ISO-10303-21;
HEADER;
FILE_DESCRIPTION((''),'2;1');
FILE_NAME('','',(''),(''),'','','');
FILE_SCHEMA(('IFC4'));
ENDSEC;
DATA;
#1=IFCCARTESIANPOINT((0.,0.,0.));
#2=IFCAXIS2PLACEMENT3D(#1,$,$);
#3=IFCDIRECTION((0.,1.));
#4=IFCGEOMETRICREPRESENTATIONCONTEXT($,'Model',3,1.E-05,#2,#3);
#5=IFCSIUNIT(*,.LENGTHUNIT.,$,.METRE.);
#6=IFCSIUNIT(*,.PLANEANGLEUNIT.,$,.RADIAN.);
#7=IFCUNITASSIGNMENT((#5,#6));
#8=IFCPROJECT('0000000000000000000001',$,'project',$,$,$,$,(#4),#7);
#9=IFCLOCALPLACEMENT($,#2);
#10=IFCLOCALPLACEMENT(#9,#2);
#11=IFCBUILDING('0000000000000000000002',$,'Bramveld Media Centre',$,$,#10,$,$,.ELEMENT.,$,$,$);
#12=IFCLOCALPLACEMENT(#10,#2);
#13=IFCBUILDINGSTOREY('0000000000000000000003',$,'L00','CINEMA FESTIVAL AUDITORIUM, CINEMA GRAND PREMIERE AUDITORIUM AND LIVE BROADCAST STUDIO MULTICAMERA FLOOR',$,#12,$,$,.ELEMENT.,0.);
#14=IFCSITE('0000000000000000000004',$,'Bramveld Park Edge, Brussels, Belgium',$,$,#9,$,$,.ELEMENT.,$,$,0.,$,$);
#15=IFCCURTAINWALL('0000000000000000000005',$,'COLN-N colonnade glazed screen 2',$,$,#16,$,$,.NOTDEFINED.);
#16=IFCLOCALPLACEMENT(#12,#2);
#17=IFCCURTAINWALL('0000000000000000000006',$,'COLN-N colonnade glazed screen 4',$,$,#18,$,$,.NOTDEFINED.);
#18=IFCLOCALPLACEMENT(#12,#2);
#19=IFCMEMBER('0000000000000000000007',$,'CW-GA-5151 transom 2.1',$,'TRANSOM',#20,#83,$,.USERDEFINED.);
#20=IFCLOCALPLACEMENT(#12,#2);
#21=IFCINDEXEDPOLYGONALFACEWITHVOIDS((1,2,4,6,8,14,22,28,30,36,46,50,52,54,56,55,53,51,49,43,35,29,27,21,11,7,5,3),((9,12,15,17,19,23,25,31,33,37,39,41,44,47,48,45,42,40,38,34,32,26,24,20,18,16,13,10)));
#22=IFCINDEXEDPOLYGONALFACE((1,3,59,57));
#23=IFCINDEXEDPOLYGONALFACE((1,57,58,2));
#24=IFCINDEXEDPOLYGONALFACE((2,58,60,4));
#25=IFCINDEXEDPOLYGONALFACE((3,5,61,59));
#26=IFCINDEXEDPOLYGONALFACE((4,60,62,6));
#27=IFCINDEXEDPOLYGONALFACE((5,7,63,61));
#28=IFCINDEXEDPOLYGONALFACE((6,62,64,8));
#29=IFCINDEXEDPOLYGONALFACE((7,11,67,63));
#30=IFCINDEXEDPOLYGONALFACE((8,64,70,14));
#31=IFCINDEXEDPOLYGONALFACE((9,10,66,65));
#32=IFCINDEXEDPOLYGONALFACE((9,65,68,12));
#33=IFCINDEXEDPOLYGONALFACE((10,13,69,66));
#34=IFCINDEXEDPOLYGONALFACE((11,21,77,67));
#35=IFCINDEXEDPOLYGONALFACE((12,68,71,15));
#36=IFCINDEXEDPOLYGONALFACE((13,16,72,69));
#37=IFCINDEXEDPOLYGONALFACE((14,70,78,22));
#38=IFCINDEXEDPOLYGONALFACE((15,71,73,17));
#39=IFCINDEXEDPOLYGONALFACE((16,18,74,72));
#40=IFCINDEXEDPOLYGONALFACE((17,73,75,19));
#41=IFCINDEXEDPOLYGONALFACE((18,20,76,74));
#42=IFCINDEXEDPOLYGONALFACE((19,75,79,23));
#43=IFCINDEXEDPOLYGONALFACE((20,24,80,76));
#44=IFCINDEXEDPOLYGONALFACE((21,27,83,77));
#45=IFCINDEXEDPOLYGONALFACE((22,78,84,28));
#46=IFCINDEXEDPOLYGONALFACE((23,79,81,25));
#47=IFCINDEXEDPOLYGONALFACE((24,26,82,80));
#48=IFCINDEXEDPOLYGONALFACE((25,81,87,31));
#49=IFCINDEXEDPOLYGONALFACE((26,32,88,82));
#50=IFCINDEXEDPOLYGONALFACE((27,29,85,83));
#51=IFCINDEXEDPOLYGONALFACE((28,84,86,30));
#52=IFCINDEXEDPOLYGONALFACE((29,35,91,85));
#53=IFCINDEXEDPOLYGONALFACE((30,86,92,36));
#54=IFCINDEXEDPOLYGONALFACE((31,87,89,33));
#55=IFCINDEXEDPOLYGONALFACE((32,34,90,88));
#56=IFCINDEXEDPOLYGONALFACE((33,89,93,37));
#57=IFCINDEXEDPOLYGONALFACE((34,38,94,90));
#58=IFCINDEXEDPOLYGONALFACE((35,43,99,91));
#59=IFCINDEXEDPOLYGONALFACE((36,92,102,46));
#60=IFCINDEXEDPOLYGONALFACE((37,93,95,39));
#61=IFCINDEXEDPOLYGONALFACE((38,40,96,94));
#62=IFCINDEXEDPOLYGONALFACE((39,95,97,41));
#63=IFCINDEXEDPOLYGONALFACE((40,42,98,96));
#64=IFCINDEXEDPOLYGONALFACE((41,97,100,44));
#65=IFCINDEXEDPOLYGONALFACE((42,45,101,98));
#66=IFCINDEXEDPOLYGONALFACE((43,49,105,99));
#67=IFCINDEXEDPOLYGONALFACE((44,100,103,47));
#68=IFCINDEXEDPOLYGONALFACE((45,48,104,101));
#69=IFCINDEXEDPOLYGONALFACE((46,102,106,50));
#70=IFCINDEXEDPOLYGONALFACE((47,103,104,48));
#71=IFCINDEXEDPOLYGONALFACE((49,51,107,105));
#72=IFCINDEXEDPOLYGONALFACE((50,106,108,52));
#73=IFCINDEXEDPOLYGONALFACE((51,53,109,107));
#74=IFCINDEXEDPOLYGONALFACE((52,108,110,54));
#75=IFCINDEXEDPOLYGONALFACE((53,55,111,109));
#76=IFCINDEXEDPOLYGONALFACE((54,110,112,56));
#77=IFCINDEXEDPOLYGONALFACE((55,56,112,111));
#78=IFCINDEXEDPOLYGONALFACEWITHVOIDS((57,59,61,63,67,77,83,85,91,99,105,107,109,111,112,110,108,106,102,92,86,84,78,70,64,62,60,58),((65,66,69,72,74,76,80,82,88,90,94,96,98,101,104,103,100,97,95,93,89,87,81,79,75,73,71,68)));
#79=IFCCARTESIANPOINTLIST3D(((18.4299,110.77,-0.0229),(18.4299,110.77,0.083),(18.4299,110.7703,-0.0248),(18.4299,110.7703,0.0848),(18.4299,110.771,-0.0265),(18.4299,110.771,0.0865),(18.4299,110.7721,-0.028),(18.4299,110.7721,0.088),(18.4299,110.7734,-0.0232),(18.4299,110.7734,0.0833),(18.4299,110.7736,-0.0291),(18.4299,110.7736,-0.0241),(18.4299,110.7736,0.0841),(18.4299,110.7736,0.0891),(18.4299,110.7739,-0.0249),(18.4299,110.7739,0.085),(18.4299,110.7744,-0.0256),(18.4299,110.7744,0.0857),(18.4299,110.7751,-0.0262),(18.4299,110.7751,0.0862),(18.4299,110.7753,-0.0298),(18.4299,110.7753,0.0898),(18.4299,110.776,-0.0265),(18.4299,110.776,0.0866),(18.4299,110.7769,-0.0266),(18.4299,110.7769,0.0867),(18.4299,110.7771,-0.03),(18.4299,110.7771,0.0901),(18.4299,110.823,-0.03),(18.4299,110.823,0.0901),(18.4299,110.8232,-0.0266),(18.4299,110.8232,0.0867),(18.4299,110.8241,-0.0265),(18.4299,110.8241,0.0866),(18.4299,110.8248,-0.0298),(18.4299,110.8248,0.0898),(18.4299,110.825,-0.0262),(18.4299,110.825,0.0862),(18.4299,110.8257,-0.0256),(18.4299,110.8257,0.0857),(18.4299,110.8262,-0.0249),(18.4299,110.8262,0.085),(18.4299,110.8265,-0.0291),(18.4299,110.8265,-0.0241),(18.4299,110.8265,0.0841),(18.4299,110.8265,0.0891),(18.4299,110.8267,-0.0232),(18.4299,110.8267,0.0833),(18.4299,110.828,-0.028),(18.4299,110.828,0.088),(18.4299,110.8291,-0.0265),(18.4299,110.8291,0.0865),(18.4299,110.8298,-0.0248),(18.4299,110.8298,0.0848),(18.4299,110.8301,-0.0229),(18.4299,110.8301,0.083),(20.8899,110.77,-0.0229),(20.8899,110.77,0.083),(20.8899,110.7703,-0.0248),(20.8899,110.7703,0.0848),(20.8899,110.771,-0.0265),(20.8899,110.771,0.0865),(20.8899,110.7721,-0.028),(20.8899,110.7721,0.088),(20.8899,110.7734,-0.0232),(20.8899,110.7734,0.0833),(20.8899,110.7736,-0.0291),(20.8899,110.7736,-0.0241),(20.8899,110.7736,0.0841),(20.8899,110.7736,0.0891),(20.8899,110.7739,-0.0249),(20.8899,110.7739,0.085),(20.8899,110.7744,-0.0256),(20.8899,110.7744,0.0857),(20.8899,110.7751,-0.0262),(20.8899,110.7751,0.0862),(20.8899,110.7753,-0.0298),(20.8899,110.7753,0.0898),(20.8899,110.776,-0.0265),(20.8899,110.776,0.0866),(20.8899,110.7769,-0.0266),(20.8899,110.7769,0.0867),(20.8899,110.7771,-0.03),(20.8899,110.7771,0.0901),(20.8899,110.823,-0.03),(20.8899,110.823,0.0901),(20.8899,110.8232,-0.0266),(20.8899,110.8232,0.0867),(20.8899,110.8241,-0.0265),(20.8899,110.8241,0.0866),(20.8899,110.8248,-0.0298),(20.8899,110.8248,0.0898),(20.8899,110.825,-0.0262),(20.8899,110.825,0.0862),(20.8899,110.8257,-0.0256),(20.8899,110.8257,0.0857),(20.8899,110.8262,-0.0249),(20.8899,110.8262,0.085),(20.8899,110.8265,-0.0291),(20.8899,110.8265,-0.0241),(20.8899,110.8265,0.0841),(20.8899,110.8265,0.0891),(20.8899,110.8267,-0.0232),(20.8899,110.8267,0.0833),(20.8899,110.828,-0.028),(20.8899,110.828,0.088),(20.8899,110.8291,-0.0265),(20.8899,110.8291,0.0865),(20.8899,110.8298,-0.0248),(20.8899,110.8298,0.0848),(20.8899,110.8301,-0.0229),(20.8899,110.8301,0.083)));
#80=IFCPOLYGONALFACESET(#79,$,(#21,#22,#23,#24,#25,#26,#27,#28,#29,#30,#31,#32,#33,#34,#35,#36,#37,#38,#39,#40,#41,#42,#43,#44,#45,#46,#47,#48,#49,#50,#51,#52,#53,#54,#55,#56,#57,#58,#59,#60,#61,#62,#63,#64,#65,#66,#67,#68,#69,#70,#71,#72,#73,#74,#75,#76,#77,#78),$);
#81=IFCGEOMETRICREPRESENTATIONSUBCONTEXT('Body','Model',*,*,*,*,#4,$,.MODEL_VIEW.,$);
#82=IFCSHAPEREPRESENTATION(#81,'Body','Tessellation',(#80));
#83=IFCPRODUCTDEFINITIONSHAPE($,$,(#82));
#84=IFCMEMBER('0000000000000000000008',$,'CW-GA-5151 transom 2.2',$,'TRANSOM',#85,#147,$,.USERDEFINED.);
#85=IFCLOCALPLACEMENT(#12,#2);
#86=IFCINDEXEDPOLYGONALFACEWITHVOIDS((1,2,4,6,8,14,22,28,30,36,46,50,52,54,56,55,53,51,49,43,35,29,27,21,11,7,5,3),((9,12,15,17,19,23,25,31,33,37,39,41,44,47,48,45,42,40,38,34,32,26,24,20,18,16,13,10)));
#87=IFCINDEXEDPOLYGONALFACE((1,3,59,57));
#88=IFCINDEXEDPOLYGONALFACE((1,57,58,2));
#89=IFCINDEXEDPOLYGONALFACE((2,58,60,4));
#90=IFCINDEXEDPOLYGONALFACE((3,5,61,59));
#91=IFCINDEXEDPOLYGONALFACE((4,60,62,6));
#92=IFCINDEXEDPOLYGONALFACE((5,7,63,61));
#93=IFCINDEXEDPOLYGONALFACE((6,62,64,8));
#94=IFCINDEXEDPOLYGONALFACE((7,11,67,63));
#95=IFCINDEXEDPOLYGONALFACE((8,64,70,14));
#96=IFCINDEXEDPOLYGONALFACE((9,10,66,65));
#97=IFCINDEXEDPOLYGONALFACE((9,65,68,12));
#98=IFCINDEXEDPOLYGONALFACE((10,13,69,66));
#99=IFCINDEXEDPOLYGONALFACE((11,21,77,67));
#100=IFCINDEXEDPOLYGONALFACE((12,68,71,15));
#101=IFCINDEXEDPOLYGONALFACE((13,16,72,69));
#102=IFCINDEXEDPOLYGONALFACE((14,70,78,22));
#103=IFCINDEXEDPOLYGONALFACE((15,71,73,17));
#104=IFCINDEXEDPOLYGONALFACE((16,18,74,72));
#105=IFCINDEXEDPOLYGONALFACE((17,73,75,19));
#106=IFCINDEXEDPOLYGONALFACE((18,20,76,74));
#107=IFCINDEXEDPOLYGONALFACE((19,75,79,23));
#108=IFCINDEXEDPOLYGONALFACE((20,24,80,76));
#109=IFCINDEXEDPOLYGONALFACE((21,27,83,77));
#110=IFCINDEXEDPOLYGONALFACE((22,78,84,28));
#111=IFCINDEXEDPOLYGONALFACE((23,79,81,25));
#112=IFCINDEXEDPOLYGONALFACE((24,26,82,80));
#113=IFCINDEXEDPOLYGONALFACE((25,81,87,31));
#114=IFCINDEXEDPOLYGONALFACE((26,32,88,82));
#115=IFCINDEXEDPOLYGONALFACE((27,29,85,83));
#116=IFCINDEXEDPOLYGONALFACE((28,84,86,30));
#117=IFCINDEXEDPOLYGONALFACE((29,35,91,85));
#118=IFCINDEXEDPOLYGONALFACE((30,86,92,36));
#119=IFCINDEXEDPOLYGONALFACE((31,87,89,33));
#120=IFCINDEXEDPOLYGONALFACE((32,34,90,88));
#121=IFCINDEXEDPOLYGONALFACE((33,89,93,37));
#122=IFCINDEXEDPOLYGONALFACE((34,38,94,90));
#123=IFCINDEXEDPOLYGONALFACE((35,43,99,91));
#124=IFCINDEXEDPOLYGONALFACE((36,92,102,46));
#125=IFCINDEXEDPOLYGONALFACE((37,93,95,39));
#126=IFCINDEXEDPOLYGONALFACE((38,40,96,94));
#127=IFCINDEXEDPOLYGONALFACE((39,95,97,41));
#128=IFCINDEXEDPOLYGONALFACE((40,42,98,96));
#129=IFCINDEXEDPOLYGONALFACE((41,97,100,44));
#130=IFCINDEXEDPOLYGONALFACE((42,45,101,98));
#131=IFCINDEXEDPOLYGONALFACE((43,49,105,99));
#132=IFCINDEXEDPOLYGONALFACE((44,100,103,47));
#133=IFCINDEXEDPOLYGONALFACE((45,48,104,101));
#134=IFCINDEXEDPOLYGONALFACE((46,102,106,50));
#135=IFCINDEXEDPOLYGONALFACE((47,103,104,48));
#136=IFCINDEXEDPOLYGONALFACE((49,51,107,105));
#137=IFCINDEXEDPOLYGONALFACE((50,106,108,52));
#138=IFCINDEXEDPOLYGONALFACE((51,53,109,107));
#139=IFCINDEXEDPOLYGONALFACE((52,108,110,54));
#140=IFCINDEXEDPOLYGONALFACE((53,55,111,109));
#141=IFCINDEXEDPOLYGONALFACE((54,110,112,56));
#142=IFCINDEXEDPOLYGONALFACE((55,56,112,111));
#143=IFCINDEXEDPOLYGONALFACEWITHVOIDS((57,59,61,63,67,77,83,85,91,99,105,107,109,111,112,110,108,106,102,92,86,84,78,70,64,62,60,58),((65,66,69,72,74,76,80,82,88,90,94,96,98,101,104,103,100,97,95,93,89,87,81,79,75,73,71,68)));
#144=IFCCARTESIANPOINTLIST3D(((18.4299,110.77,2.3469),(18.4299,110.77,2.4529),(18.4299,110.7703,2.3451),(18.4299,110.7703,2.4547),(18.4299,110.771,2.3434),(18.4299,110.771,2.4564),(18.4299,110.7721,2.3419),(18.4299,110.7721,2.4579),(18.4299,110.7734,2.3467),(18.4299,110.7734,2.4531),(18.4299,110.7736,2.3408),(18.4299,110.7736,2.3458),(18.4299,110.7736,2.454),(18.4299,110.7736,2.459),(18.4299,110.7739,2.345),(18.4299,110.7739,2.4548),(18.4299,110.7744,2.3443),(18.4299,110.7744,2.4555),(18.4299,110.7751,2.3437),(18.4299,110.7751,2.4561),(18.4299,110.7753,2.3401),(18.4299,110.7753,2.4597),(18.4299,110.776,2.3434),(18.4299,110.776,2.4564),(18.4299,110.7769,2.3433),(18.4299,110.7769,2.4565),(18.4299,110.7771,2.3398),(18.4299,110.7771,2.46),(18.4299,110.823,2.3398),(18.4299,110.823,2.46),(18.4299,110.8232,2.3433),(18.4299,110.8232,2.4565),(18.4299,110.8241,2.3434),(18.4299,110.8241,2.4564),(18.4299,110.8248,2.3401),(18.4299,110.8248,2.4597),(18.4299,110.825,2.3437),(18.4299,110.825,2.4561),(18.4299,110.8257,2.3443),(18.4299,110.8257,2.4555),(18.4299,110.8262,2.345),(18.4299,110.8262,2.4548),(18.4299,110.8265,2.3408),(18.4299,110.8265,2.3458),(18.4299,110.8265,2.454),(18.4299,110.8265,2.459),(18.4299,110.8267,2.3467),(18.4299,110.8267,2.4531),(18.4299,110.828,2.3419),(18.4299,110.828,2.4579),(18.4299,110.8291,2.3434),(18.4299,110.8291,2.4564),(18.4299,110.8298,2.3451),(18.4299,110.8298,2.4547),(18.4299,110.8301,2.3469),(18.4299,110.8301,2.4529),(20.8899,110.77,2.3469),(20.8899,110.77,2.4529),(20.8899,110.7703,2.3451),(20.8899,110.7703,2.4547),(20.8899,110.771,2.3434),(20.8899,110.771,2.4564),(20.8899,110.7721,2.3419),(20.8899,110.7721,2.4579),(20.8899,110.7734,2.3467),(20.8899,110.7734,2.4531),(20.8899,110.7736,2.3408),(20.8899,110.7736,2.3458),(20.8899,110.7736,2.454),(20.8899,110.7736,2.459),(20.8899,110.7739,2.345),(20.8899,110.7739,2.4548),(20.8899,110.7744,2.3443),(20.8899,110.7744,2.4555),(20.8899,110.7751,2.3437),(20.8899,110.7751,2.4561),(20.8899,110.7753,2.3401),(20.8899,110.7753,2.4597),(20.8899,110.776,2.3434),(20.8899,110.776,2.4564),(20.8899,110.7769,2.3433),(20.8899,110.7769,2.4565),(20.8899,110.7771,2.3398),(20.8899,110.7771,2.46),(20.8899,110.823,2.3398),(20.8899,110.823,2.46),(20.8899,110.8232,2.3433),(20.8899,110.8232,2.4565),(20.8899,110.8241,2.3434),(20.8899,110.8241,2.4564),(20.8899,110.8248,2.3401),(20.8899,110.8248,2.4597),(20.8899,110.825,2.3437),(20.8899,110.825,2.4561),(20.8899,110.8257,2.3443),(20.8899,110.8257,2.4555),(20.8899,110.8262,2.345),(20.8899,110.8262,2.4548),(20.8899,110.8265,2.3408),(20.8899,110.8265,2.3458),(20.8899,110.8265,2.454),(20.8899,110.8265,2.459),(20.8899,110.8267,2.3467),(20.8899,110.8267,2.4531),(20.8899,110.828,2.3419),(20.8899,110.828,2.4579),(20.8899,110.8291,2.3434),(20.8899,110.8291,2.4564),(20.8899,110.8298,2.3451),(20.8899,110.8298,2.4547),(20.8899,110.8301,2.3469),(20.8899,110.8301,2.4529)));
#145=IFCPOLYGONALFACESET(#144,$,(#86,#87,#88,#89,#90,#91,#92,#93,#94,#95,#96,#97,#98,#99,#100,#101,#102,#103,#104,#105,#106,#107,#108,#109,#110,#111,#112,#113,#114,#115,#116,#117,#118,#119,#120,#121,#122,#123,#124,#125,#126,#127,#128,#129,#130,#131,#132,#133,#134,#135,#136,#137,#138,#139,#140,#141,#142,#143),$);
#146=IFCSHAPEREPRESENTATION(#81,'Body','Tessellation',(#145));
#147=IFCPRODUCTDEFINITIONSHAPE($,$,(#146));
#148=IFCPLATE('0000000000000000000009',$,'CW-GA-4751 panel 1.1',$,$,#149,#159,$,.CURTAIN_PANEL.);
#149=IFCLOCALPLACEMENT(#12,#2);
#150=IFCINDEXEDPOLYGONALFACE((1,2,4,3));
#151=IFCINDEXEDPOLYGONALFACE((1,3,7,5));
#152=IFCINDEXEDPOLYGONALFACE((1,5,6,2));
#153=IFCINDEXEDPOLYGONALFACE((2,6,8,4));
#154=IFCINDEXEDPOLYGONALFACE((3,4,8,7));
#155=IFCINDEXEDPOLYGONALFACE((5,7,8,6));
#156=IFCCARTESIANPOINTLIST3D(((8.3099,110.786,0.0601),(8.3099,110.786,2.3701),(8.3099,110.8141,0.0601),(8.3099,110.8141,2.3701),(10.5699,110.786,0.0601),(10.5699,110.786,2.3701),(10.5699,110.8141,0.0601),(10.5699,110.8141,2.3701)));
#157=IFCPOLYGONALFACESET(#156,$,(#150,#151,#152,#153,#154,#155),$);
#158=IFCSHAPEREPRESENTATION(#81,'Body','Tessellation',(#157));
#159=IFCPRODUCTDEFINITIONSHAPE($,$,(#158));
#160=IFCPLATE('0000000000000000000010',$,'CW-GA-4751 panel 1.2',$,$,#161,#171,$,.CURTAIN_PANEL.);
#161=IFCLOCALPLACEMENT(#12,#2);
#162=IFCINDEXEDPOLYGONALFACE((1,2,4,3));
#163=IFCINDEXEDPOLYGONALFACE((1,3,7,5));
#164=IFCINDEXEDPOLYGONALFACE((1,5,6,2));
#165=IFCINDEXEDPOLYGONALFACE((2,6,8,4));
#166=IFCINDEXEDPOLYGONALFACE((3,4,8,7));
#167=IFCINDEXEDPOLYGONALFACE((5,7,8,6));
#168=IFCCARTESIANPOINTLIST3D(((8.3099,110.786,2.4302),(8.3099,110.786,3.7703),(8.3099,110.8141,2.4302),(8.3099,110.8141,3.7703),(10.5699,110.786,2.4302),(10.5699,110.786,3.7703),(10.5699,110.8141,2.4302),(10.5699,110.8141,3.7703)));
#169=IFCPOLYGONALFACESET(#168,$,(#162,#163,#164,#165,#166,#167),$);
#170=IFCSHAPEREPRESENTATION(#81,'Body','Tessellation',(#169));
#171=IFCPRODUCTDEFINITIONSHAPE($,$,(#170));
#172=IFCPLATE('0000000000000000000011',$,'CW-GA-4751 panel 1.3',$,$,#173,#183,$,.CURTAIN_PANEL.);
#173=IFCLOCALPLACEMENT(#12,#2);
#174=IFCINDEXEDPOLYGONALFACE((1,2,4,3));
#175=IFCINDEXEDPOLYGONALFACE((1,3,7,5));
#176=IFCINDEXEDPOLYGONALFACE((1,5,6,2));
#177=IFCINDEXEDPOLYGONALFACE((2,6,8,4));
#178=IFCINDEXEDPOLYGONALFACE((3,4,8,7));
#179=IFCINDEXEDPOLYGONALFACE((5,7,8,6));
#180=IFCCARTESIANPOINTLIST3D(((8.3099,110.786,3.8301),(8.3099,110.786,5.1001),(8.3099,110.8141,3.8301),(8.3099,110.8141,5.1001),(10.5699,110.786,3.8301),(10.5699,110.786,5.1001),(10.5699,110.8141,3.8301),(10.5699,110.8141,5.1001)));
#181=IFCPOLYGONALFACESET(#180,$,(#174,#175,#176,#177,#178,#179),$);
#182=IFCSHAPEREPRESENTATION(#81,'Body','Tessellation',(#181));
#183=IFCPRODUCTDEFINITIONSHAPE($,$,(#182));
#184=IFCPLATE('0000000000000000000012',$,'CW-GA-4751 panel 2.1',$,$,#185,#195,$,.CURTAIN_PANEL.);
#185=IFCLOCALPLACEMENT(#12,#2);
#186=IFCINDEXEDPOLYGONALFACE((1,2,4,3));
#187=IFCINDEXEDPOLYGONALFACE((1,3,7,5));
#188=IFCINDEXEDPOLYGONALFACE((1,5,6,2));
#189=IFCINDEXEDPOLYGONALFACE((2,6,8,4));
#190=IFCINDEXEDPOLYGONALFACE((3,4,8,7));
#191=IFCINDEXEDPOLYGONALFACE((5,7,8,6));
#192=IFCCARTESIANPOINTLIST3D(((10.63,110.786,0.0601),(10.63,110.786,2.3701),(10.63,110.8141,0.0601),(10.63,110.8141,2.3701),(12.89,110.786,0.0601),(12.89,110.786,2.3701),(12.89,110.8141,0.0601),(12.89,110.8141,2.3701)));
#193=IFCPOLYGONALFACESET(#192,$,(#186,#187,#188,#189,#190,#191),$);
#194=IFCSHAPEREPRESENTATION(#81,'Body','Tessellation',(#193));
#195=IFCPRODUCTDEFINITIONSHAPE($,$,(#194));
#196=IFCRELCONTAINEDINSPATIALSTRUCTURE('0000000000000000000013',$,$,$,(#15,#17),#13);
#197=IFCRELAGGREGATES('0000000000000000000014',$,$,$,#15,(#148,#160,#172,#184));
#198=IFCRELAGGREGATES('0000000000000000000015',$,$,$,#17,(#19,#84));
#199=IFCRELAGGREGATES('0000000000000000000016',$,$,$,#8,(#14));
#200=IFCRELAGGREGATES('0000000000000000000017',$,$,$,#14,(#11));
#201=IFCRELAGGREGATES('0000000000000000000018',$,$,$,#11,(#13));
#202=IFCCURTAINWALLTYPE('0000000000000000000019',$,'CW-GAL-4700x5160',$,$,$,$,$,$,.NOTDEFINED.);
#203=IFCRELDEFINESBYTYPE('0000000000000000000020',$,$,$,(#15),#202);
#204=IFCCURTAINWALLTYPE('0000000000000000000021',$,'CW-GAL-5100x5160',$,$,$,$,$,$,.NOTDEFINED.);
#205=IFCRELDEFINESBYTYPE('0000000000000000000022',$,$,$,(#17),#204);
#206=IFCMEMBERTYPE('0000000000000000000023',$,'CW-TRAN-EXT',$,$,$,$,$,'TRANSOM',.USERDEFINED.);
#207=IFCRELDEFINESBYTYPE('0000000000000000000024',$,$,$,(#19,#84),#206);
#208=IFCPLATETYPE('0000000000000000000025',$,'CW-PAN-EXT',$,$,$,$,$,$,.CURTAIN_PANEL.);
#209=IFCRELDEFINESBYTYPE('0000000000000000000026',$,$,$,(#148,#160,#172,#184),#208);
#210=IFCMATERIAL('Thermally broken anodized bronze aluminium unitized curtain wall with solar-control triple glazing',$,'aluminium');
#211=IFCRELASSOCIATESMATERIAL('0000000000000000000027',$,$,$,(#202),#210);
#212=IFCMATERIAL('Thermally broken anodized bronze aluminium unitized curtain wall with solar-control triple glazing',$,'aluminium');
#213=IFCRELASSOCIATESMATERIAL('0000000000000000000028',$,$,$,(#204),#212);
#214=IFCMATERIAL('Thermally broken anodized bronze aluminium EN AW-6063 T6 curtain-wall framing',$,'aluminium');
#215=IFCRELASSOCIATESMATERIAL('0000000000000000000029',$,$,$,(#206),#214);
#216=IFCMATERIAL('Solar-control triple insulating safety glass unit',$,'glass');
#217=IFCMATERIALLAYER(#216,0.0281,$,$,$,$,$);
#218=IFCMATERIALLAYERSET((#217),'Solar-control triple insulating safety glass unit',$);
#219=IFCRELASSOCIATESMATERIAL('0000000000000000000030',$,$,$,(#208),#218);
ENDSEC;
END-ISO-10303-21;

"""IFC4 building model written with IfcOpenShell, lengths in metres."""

from ifc_helpers import new_model, si_unit, direction, frame, origin, origin_2d, place, context, subcontext, project, spatial, rectangle, hollow_rectangle, extrude, material, layer, layer_set, material_profile, profile_set, type_object, element, aggregate, save


model = new_model("IFC4")

# Units and contexts
model_context = context("Model", 3, precision=1e-05, world=origin(), true_north=direction((0.0, 1.0)))
body_context = subcontext(model_context, "Body", "Model", "MODEL_VIEW")
ifc_project = project(units=[si_unit("LENGTHUNIT", "METRE"), si_unit("PLANEANGLEUNIT", "RADIAN")], contexts=[model_context])

# Site, building, storey
site_placement = place(None, origin())
site = spatial("IfcSite", under=ifc_project, at=site_placement, Name="Bramveld Park Edge, Brussels, Belgium", CompositionType="ELEMENT", RefElevation=0.0)
building_placement = place(site_placement, origin())
building = spatial("IfcBuilding", under=site, at=building_placement, Name="Bramveld Media Centre", CompositionType="ELEMENT")
storey_placement = place(building_placement, origin())
storey = spatial("IfcBuildingStorey", under=building, at=storey_placement, Name="L00", Description="CINEMA FESTIVAL AUDITORIUM, CINEMA GRAND PREMIERE AUDITORIUM AND LIVE BROADCAST STUDIO MULTICAMERA FLOOR", CompositionType="ELEMENT", Elevation=0.0)

# Curtain walls
ifc_material_1 = material(Name="Thermally broken anodized bronze aluminium unitized curtain wall with solar-control triple glazing", Category="aluminium")
curtain_wall_type_1 = type_object("IfcCurtainWallType", Name="CW-GAL-4700x5160", PredefinedType="NOTDEFINED", material=ifc_material_1)
curtain_wall_1_placement = place(storey_placement, origin())
curtain_wall_1 = element("IfcCurtainWall", 1, at=curtain_wall_1_placement, inside=storey, type_object=curtain_wall_type_1, Name="COLN-N colonnade glazed screen 2", PredefinedType="NOTDEFINED")
ifc_material_2 = material(Name="Thermally broken anodized bronze aluminium unitized curtain wall with solar-control triple glazing", Category="aluminium")
curtain_wall_type_2 = type_object("IfcCurtainWallType", Name="CW-GAL-5100x5160", PredefinedType="NOTDEFINED", material=ifc_material_2)
curtain_wall_2_placement = place(storey_placement, origin())
curtain_wall_2 = element("IfcCurtainWall", 2, at=curtain_wall_2_placement, inside=storey, type_object=curtain_wall_type_2, Name="COLN-N colonnade glazed screen 4", PredefinedType="NOTDEFINED")

# Members
ifc_material_3 = material(Name="Thermally broken anodized bronze aluminium EN AW-6063 T6 curtain-wall framing", Category="aluminium")
ifc_material_profile_1 = material_profile(ifc_material_3, hollow_rectangle(XDim=0.0601, YDim=0.1201, WallThickness=0.0034, InnerFilletRadius=0.0034, OuterFilletRadius=0.0071, at=origin_2d()), Name="AL-TRAN 60x120")
ifc_profile_set_1 = profile_set([ifc_material_profile_1], Name="Thermally broken anodized bronze aluminium EN AW-6063 T6 curtain-wall framing")
member_type_1 = type_object("IfcMemberType", Name="CW-TRAN-EXT", ElementType="TRANSOM", PredefinedType="USERDEFINED", material=ifc_profile_set_1)
member_1_placement = place(storey_placement, frame((18.4299, 110.8, 0.03), z_axis=(1.0, 0.0, 0.0), x_axis=(0.0, 1.0, 0.0)))
member_1 = element("IfcMember", 3, at=member_1_placement, type_object=member_type_1, Name="CW-GA-5151 transom 2.1", ObjectType="TRANSOM", PredefinedType="USERDEFINED", context=body_context, shape_type="SweptSolid", body=[
    extrude(hollow_rectangle(XDim=0.0601, YDim=0.1201, WallThickness=0.0034, InnerFilletRadius=0.0034, OuterFilletRadius=0.0071, at=origin_2d()), origin(), (0.0, 0.0, 1.0), 2.46),
])
member_2_placement = place(storey_placement, frame((18.4299, 110.8, 2.3999), z_axis=(1.0, 0.0, 0.0), x_axis=(0.0, 1.0, 0.0)))
member_2 = element("IfcMember", 4, at=member_2_placement, type_object=member_type_1, Name="CW-GA-5151 transom 2.2", ObjectType="TRANSOM", PredefinedType="USERDEFINED", context=body_context, shape_type="SweptSolid", body=[
    extrude(hollow_rectangle(XDim=0.0601, YDim=0.1201, WallThickness=0.0034, InnerFilletRadius=0.0034, OuterFilletRadius=0.0071, at=origin_2d()), origin(), (0.0, 0.0, 1.0), 2.46),
])

# Plates
ifc_material_4 = material(Name="Solar-control triple insulating safety glass unit", Category="glass")
ifc_layer = layer(ifc_material_4, 0.0281)
ifc_layer_set = layer_set([ifc_layer], Name="Solar-control triple insulating safety glass unit")
plate_type = type_object("IfcPlateType", Name="CW-PAN-EXT", PredefinedType="CURTAIN_PANEL", material=ifc_layer_set)
plate_1_placement = place(storey_placement, frame((9.4399, 110.8, 0.0601), z_axis=(0.0, 0.0, 1.0), x_axis=(1.0, 0.0, 0.0)))
plate_1 = element("IfcPlate", 5, at=plate_1_placement, type_object=plate_type, Name="CW-GA-4751 panel 1.1", PredefinedType="CURTAIN_PANEL", context=body_context, shape_type="SweptSolid", body=[
    extrude(rectangle(XDim=2.26, YDim=0.0281, at=origin_2d()), origin(), (0.0, 0.0, 1.0), 2.3101),
])
plate_2_placement = place(storey_placement, frame((9.4399, 110.8, 2.4302), z_axis=(0.0, 0.0, 1.0), x_axis=(1.0, 0.0, 0.0)))
plate_2 = element("IfcPlate", 6, at=plate_2_placement, type_object=plate_type, Name="CW-GA-4751 panel 1.2", PredefinedType="CURTAIN_PANEL", context=body_context, shape_type="SweptSolid", body=[
    extrude(rectangle(XDim=2.26, YDim=0.0281, at=origin_2d()), origin(), (0.0, 0.0, 1.0), 1.3401),
])
plate_3_placement = place(storey_placement, frame((9.4399, 110.8, 3.8301), z_axis=(0.0, 0.0, 1.0), x_axis=(1.0, 0.0, 0.0)))
plate_3 = element("IfcPlate", 7, at=plate_3_placement, type_object=plate_type, Name="CW-GA-4751 panel 1.3", PredefinedType="CURTAIN_PANEL", context=body_context, shape_type="SweptSolid", body=[
    extrude(rectangle(XDim=2.26, YDim=0.0281, at=origin_2d()), origin(), (0.0, 0.0, 1.0), 1.27),
])
plate_4_placement = place(storey_placement, frame((11.76, 110.8, 0.0601), z_axis=(0.0, 0.0, 1.0), x_axis=(1.0, 0.0, 0.0)))
plate_4 = element("IfcPlate", 8, at=plate_4_placement, type_object=plate_type, Name="CW-GA-4751 panel 2.1", PredefinedType="CURTAIN_PANEL", context=body_context, shape_type="SweptSolid", body=[
    extrude(rectangle(XDim=2.26, YDim=0.0281, at=origin_2d()), origin(), (0.0, 0.0, 1.0), 2.3101),
])
aggregate(curtain_wall_1, [plate_1, plate_2, plate_3, plate_4])
aggregate(curtain_wall_2, [member_1, member_2])

save(model, "model.ifc")
